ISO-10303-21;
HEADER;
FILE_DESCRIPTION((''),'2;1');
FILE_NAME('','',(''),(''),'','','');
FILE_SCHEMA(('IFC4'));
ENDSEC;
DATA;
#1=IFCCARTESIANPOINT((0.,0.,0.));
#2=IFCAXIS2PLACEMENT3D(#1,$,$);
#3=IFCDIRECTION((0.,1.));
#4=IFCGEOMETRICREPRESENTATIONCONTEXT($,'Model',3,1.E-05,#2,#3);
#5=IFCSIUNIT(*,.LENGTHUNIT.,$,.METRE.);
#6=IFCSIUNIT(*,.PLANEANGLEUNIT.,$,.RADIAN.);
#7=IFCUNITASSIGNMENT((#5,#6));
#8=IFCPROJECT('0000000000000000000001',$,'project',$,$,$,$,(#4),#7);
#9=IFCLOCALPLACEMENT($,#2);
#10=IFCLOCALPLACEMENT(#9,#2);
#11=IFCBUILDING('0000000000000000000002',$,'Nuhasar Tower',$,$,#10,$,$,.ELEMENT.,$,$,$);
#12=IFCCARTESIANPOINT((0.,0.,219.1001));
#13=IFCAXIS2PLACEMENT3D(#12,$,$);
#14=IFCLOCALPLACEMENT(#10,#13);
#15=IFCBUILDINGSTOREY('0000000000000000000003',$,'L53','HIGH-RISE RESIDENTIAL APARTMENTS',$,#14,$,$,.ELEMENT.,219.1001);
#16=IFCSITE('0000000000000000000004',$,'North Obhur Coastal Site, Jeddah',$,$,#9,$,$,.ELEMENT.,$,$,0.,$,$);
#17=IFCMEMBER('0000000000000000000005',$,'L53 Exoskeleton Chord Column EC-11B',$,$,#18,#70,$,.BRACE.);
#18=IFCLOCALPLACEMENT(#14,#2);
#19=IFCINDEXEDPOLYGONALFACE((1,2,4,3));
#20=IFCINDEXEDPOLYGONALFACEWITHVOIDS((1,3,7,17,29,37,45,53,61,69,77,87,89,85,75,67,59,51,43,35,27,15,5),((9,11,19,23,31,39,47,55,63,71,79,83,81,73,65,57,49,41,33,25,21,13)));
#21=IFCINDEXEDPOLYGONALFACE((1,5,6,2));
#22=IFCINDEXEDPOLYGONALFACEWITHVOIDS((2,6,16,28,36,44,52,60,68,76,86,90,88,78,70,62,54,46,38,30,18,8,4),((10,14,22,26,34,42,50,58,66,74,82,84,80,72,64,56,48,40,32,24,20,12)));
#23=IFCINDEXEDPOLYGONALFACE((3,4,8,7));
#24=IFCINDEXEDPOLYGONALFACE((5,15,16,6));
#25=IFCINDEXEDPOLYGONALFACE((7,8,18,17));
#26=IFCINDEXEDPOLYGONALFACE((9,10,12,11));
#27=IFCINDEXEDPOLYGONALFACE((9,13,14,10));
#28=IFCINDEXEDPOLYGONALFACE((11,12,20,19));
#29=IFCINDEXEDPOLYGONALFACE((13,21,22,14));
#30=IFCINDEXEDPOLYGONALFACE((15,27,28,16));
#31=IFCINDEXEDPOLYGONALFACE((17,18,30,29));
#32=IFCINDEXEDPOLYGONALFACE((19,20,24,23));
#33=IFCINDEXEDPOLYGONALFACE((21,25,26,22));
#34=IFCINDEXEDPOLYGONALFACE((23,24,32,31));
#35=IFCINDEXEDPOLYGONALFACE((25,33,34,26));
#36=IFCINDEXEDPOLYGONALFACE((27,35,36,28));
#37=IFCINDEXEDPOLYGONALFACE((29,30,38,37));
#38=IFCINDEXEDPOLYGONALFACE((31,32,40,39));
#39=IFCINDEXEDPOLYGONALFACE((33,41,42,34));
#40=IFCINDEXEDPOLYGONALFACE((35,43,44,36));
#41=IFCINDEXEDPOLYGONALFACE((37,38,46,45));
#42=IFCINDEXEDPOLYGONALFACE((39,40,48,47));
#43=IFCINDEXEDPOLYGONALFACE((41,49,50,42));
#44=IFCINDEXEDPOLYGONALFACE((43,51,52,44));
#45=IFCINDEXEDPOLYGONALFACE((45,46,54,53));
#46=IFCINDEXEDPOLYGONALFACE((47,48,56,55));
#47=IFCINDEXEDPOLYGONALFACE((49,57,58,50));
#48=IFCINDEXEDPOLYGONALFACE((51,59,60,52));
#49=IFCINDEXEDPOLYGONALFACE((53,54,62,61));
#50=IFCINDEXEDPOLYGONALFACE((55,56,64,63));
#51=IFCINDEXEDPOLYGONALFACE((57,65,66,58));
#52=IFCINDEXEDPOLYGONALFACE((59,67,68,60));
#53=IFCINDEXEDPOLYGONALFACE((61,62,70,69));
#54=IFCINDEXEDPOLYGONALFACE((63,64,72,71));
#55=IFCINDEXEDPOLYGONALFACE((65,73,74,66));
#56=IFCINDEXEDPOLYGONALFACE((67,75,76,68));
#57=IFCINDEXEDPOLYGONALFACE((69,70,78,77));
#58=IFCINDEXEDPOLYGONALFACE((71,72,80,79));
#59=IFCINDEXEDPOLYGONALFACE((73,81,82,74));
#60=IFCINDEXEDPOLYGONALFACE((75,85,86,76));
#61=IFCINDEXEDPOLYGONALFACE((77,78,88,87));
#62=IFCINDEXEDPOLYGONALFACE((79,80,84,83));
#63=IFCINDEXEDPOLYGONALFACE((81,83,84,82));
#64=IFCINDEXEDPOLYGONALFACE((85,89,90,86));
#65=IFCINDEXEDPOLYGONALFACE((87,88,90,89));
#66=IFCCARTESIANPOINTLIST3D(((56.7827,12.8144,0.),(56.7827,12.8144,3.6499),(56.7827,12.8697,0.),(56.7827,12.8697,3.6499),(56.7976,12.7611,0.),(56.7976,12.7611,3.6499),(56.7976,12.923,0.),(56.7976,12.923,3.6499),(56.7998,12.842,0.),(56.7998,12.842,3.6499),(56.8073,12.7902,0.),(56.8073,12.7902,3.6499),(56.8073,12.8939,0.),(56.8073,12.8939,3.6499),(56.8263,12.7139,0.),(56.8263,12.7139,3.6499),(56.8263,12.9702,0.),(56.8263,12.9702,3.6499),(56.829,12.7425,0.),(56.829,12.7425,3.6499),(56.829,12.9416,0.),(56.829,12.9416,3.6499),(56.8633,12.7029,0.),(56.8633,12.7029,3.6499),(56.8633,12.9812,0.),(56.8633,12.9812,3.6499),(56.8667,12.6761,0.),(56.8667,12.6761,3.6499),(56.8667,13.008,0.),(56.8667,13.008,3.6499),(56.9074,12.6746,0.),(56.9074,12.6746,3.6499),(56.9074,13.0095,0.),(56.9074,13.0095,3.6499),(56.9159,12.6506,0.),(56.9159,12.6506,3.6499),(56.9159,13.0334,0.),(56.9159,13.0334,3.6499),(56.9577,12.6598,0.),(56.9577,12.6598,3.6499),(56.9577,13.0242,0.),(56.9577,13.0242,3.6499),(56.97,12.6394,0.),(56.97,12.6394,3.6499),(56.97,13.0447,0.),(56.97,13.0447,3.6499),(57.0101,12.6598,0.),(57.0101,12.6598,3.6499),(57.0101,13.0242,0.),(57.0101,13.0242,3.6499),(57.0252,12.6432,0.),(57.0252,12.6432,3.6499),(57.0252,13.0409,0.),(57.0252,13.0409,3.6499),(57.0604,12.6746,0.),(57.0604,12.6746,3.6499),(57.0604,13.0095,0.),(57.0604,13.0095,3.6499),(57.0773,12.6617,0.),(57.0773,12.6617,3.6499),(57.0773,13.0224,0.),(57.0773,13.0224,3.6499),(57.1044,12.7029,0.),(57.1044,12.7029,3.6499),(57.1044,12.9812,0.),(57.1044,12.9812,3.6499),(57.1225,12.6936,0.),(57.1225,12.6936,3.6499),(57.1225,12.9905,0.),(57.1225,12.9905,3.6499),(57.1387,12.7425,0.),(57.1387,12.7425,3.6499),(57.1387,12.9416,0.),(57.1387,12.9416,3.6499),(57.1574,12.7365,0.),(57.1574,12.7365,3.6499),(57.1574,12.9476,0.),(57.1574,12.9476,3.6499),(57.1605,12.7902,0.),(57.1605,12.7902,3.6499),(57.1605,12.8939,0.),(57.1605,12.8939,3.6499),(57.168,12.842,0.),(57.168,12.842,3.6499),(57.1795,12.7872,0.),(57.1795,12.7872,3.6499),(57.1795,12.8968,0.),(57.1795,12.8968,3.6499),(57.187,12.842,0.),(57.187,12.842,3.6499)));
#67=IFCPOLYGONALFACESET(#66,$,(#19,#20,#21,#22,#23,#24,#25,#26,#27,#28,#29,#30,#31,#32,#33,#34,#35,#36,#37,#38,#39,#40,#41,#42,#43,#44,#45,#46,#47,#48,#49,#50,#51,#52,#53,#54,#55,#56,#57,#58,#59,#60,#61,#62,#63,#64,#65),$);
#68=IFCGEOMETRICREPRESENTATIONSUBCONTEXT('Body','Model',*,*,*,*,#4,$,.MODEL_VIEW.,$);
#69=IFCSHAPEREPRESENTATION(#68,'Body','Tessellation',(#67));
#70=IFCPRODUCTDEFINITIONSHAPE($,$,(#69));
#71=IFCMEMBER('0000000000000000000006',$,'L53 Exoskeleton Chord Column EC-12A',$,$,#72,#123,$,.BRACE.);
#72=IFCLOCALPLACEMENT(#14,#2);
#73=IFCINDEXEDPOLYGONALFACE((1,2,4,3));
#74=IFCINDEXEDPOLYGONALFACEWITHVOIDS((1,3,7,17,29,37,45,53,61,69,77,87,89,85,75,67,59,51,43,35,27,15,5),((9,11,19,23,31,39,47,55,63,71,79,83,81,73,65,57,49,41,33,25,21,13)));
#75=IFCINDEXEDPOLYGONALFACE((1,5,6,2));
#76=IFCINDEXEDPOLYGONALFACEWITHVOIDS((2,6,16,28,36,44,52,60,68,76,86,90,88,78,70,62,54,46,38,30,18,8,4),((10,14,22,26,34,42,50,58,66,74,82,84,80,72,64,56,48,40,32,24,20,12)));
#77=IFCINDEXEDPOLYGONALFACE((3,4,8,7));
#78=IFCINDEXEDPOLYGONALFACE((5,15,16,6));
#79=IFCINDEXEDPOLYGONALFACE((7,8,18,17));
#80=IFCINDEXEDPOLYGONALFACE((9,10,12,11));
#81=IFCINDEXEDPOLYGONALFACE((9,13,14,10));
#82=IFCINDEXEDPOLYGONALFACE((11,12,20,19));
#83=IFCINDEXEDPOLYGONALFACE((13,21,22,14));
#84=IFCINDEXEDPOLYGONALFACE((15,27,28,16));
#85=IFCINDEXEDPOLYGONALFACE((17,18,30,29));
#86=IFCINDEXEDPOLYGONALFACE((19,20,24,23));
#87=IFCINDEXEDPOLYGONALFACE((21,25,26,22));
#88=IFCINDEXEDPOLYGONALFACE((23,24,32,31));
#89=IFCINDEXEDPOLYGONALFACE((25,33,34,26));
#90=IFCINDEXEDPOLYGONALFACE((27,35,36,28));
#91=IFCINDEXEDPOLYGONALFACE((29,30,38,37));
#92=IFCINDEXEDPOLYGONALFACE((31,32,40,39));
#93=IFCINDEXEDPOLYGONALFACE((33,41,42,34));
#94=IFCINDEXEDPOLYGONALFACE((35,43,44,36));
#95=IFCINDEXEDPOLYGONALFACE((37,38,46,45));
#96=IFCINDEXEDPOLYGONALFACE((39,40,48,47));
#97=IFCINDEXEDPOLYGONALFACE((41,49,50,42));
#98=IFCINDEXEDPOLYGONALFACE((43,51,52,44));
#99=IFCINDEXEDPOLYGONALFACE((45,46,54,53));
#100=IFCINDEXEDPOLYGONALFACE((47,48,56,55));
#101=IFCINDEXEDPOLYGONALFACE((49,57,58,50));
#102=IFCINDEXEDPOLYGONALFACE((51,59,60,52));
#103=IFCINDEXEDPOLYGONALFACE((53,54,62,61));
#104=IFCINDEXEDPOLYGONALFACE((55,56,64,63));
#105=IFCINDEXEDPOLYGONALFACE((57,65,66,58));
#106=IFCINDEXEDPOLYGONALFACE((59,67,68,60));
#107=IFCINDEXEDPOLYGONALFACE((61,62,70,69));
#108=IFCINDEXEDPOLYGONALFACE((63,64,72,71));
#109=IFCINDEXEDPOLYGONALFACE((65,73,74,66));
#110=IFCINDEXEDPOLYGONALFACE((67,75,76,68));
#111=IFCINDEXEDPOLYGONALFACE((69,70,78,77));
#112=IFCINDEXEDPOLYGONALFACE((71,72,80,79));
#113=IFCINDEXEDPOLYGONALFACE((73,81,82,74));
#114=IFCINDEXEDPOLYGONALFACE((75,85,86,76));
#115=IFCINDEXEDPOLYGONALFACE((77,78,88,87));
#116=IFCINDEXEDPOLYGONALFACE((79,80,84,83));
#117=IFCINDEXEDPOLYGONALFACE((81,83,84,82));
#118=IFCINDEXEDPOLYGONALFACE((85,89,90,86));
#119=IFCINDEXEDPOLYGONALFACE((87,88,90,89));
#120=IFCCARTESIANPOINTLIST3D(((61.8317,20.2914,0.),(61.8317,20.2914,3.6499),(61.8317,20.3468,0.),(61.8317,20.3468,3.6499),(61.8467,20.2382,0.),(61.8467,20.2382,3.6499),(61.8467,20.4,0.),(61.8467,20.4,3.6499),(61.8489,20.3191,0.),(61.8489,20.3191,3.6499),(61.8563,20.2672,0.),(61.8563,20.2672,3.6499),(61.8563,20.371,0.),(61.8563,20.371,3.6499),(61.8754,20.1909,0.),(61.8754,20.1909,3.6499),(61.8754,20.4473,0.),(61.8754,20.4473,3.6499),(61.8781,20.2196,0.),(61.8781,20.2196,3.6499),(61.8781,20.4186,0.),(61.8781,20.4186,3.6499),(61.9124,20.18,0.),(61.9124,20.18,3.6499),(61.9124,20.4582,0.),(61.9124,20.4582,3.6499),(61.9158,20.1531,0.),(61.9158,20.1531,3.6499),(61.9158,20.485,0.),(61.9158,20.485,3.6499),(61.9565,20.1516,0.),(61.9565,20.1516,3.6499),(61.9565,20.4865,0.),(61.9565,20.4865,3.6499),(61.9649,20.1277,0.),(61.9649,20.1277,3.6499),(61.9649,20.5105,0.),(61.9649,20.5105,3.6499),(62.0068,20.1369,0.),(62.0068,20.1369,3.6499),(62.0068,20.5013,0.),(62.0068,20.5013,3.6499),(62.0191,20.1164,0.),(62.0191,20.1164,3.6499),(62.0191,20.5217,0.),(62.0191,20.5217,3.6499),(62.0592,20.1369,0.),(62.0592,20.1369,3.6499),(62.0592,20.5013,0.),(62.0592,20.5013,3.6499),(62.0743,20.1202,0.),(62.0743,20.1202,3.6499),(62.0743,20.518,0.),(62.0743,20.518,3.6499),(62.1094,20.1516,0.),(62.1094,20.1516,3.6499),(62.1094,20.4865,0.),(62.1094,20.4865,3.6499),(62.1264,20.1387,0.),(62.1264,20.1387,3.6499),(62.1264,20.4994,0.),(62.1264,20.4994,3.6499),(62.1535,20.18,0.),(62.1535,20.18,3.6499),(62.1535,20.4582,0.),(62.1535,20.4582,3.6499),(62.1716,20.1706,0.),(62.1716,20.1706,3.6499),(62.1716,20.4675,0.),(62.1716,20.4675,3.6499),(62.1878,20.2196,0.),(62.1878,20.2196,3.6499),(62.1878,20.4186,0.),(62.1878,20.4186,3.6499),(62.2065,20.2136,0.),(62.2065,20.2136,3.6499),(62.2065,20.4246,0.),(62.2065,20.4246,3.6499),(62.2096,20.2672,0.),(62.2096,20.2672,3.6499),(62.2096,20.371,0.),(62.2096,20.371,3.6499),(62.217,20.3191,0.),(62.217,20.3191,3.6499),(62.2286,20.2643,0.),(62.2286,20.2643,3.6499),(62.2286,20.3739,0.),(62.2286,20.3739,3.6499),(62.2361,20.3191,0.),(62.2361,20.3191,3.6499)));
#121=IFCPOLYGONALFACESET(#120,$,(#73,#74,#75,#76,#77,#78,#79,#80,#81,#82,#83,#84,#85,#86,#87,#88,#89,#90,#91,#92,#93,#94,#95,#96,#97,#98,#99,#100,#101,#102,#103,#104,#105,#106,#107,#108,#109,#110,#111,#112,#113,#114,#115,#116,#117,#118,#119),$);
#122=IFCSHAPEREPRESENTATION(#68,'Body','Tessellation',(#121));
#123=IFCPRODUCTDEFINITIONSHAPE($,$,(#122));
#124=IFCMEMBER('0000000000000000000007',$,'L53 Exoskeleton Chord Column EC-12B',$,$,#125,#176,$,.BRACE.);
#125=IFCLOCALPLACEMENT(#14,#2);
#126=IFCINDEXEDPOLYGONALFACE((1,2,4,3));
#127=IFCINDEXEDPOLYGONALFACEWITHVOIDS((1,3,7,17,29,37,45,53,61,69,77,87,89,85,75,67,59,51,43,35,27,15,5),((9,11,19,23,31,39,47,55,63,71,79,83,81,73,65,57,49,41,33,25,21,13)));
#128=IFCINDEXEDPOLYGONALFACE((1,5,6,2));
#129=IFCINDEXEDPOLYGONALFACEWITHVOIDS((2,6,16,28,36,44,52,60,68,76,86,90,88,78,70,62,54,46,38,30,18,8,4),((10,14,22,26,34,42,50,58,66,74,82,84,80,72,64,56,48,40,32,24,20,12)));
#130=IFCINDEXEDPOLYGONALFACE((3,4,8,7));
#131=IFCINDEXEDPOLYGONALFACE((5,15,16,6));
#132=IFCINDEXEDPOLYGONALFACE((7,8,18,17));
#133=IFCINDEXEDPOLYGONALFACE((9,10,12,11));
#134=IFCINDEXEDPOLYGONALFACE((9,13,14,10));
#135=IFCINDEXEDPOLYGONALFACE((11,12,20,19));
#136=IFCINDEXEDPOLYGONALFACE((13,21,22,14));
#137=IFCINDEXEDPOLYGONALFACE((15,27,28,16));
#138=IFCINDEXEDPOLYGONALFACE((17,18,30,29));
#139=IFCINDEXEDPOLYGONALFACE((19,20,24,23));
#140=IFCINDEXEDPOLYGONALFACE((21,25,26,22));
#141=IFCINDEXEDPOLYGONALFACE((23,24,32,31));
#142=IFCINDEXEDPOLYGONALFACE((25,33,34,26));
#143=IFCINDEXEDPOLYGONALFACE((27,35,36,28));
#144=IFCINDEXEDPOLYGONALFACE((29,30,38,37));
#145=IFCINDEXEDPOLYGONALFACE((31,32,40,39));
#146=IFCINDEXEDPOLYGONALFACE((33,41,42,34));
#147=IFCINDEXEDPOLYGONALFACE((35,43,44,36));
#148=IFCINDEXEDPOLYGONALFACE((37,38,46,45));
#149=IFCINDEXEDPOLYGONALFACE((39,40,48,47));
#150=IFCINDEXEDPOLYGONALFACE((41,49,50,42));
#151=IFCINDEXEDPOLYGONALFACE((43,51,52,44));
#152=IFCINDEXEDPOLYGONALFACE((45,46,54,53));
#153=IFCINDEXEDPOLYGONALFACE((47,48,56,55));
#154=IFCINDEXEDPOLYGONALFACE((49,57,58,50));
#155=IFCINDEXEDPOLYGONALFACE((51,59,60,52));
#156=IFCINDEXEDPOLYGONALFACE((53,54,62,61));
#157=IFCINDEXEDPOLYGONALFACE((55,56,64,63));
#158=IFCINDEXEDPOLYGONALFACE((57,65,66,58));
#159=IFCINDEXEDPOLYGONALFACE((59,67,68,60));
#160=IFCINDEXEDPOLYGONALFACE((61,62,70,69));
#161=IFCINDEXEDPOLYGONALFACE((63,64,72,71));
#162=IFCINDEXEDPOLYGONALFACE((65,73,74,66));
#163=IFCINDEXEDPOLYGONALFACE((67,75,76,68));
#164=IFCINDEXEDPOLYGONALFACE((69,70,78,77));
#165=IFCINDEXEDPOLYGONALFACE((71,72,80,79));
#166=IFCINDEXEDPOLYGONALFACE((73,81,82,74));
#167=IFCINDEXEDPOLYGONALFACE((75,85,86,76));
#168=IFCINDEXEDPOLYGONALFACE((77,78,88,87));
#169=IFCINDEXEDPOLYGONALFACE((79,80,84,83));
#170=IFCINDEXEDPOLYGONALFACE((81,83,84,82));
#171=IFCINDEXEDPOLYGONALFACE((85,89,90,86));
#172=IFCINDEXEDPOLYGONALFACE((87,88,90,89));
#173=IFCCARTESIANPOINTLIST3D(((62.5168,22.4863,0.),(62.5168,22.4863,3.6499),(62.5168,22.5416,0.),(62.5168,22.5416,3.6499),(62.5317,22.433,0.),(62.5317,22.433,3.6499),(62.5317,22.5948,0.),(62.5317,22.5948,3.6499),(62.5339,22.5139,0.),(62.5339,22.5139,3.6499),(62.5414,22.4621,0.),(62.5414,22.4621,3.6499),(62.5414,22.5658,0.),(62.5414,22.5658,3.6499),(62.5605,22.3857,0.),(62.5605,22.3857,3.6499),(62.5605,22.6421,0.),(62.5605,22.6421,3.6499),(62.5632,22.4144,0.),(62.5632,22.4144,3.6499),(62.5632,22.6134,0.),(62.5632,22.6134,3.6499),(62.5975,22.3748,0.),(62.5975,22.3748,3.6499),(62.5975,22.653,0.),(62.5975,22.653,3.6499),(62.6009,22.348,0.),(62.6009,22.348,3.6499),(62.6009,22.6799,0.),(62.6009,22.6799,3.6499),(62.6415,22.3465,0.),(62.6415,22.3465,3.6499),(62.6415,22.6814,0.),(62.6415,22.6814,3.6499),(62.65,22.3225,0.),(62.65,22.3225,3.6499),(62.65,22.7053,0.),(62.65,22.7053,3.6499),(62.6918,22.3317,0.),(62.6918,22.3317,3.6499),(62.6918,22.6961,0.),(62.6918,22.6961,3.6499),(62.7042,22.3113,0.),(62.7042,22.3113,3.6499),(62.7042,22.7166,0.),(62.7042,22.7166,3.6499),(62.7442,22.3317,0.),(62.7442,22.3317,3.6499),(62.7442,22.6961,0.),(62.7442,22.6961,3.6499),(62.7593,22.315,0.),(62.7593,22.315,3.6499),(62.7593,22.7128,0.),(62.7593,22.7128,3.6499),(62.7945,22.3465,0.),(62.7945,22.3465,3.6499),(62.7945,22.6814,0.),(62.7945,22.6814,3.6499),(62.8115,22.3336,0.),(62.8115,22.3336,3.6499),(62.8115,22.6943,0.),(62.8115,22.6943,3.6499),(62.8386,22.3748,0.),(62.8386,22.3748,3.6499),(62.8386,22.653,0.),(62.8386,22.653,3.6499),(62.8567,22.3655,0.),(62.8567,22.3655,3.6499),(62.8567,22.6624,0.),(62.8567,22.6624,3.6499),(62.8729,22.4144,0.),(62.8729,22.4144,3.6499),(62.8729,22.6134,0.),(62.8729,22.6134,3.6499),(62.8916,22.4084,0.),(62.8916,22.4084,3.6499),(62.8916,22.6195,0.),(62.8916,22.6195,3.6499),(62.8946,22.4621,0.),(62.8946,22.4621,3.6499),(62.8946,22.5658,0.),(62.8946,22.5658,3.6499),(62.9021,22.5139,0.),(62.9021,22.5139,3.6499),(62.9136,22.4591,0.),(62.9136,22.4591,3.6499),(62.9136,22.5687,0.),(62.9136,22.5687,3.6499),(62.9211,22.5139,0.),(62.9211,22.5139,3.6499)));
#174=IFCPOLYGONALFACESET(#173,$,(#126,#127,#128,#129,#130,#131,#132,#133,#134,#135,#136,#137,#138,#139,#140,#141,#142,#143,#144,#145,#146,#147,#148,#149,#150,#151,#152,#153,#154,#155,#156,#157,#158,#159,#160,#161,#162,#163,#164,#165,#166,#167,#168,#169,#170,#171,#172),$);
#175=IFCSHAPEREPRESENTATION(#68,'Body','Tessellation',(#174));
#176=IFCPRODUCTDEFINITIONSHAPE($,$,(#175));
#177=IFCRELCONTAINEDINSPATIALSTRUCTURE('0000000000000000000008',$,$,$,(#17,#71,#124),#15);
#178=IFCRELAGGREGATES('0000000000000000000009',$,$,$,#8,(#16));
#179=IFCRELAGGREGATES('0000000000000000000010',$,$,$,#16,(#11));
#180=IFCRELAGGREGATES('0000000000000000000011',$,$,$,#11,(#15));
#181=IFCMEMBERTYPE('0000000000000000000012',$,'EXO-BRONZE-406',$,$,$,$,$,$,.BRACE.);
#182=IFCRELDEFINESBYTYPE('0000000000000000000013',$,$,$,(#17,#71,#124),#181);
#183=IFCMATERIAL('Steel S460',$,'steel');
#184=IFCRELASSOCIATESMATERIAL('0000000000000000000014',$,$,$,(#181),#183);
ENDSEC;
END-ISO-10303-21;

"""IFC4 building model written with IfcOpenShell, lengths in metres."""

from ifc_helpers import new_model, si_unit, direction, frame, origin, origin_2d, place, context, subcontext, project, spatial, hollow_circle, extrude, material, material_profile, profile_set, type_object, element, save


model = new_model("IFC4")

# Units and contexts
model_context = context("Model", 3, precision=1e-05, world=origin(), true_north=direction((0.0, 1.0)))
body_context = subcontext(model_context, "Body", "Model", "MODEL_VIEW")
ifc_project = project(units=[si_unit("LENGTHUNIT", "METRE"), si_unit("PLANEANGLEUNIT", "RADIAN")], contexts=[model_context])

# Site, building, storey
site_placement = place(None, origin())
site = spatial("IfcSite", under=ifc_project, at=site_placement, Name="North Obhur Coastal Site, Jeddah", CompositionType="ELEMENT", RefElevation=0.0)
building_placement = place(site_placement, origin())
building = spatial("IfcBuilding", under=site, at=building_placement, Name="Nuhasar Tower", CompositionType="ELEMENT")
storey_placement = place(building_placement, frame((0.0, 0.0, 219.1001)))
storey = spatial("IfcBuildingStorey", under=building, at=storey_placement, Name="L53", Description="HIGH-RISE RESIDENTIAL APARTMENTS", CompositionType="ELEMENT", Elevation=219.1001)

# Members
ifc_material_1 = material(Name="Steel S460", Category="steel")
ifc_material_profile_1 = material_profile(ifc_material_1, hollow_circle(Radius=0.2031, WallThickness=0.019, at=origin_2d()), Name="HSS406.4X19.1")
ifc_profile_set_1 = profile_set([ifc_material_profile_1], Name="Steel S460")
member_type_1 = type_object("IfcMemberType", Name="EXO-BRONZE-406", PredefinedType="BRACE", material=ifc_profile_set_1)
for number, where, z_axis, x_axis, name in (
    (1, (56.9839, 12.842, 0.0), (0.0, 0.0, 1.0), (1.0, 0.0, 0.0), "L53 Exoskeleton Chord Column EC-11B"),
    (2, (62.033, 20.3191, 0.0), (0.0, 0.0, 1.0), (1.0, 0.0, 0.0), "L53 Exoskeleton Chord Column EC-12A"),
    (3, (62.718, 22.5139, 0.0), (0.0, 0.0, 1.0), (1.0, 0.0, 0.0), "L53 Exoskeleton Chord Column EC-12B"),
):
    element("IfcMember", number, at=place(storey_placement, frame(where, z_axis=z_axis, x_axis=x_axis)), inside=storey, type_object=member_type_1, Name=name, PredefinedType="BRACE", context=body_context, shape_type="SweptSolid", body=[
        extrude(hollow_circle(Radius=0.2031, WallThickness=0.019, at=origin_2d()), origin(), (0.0, 0.0, 1.0), 3.6499),
    ])

save(model, "model.ifc")
